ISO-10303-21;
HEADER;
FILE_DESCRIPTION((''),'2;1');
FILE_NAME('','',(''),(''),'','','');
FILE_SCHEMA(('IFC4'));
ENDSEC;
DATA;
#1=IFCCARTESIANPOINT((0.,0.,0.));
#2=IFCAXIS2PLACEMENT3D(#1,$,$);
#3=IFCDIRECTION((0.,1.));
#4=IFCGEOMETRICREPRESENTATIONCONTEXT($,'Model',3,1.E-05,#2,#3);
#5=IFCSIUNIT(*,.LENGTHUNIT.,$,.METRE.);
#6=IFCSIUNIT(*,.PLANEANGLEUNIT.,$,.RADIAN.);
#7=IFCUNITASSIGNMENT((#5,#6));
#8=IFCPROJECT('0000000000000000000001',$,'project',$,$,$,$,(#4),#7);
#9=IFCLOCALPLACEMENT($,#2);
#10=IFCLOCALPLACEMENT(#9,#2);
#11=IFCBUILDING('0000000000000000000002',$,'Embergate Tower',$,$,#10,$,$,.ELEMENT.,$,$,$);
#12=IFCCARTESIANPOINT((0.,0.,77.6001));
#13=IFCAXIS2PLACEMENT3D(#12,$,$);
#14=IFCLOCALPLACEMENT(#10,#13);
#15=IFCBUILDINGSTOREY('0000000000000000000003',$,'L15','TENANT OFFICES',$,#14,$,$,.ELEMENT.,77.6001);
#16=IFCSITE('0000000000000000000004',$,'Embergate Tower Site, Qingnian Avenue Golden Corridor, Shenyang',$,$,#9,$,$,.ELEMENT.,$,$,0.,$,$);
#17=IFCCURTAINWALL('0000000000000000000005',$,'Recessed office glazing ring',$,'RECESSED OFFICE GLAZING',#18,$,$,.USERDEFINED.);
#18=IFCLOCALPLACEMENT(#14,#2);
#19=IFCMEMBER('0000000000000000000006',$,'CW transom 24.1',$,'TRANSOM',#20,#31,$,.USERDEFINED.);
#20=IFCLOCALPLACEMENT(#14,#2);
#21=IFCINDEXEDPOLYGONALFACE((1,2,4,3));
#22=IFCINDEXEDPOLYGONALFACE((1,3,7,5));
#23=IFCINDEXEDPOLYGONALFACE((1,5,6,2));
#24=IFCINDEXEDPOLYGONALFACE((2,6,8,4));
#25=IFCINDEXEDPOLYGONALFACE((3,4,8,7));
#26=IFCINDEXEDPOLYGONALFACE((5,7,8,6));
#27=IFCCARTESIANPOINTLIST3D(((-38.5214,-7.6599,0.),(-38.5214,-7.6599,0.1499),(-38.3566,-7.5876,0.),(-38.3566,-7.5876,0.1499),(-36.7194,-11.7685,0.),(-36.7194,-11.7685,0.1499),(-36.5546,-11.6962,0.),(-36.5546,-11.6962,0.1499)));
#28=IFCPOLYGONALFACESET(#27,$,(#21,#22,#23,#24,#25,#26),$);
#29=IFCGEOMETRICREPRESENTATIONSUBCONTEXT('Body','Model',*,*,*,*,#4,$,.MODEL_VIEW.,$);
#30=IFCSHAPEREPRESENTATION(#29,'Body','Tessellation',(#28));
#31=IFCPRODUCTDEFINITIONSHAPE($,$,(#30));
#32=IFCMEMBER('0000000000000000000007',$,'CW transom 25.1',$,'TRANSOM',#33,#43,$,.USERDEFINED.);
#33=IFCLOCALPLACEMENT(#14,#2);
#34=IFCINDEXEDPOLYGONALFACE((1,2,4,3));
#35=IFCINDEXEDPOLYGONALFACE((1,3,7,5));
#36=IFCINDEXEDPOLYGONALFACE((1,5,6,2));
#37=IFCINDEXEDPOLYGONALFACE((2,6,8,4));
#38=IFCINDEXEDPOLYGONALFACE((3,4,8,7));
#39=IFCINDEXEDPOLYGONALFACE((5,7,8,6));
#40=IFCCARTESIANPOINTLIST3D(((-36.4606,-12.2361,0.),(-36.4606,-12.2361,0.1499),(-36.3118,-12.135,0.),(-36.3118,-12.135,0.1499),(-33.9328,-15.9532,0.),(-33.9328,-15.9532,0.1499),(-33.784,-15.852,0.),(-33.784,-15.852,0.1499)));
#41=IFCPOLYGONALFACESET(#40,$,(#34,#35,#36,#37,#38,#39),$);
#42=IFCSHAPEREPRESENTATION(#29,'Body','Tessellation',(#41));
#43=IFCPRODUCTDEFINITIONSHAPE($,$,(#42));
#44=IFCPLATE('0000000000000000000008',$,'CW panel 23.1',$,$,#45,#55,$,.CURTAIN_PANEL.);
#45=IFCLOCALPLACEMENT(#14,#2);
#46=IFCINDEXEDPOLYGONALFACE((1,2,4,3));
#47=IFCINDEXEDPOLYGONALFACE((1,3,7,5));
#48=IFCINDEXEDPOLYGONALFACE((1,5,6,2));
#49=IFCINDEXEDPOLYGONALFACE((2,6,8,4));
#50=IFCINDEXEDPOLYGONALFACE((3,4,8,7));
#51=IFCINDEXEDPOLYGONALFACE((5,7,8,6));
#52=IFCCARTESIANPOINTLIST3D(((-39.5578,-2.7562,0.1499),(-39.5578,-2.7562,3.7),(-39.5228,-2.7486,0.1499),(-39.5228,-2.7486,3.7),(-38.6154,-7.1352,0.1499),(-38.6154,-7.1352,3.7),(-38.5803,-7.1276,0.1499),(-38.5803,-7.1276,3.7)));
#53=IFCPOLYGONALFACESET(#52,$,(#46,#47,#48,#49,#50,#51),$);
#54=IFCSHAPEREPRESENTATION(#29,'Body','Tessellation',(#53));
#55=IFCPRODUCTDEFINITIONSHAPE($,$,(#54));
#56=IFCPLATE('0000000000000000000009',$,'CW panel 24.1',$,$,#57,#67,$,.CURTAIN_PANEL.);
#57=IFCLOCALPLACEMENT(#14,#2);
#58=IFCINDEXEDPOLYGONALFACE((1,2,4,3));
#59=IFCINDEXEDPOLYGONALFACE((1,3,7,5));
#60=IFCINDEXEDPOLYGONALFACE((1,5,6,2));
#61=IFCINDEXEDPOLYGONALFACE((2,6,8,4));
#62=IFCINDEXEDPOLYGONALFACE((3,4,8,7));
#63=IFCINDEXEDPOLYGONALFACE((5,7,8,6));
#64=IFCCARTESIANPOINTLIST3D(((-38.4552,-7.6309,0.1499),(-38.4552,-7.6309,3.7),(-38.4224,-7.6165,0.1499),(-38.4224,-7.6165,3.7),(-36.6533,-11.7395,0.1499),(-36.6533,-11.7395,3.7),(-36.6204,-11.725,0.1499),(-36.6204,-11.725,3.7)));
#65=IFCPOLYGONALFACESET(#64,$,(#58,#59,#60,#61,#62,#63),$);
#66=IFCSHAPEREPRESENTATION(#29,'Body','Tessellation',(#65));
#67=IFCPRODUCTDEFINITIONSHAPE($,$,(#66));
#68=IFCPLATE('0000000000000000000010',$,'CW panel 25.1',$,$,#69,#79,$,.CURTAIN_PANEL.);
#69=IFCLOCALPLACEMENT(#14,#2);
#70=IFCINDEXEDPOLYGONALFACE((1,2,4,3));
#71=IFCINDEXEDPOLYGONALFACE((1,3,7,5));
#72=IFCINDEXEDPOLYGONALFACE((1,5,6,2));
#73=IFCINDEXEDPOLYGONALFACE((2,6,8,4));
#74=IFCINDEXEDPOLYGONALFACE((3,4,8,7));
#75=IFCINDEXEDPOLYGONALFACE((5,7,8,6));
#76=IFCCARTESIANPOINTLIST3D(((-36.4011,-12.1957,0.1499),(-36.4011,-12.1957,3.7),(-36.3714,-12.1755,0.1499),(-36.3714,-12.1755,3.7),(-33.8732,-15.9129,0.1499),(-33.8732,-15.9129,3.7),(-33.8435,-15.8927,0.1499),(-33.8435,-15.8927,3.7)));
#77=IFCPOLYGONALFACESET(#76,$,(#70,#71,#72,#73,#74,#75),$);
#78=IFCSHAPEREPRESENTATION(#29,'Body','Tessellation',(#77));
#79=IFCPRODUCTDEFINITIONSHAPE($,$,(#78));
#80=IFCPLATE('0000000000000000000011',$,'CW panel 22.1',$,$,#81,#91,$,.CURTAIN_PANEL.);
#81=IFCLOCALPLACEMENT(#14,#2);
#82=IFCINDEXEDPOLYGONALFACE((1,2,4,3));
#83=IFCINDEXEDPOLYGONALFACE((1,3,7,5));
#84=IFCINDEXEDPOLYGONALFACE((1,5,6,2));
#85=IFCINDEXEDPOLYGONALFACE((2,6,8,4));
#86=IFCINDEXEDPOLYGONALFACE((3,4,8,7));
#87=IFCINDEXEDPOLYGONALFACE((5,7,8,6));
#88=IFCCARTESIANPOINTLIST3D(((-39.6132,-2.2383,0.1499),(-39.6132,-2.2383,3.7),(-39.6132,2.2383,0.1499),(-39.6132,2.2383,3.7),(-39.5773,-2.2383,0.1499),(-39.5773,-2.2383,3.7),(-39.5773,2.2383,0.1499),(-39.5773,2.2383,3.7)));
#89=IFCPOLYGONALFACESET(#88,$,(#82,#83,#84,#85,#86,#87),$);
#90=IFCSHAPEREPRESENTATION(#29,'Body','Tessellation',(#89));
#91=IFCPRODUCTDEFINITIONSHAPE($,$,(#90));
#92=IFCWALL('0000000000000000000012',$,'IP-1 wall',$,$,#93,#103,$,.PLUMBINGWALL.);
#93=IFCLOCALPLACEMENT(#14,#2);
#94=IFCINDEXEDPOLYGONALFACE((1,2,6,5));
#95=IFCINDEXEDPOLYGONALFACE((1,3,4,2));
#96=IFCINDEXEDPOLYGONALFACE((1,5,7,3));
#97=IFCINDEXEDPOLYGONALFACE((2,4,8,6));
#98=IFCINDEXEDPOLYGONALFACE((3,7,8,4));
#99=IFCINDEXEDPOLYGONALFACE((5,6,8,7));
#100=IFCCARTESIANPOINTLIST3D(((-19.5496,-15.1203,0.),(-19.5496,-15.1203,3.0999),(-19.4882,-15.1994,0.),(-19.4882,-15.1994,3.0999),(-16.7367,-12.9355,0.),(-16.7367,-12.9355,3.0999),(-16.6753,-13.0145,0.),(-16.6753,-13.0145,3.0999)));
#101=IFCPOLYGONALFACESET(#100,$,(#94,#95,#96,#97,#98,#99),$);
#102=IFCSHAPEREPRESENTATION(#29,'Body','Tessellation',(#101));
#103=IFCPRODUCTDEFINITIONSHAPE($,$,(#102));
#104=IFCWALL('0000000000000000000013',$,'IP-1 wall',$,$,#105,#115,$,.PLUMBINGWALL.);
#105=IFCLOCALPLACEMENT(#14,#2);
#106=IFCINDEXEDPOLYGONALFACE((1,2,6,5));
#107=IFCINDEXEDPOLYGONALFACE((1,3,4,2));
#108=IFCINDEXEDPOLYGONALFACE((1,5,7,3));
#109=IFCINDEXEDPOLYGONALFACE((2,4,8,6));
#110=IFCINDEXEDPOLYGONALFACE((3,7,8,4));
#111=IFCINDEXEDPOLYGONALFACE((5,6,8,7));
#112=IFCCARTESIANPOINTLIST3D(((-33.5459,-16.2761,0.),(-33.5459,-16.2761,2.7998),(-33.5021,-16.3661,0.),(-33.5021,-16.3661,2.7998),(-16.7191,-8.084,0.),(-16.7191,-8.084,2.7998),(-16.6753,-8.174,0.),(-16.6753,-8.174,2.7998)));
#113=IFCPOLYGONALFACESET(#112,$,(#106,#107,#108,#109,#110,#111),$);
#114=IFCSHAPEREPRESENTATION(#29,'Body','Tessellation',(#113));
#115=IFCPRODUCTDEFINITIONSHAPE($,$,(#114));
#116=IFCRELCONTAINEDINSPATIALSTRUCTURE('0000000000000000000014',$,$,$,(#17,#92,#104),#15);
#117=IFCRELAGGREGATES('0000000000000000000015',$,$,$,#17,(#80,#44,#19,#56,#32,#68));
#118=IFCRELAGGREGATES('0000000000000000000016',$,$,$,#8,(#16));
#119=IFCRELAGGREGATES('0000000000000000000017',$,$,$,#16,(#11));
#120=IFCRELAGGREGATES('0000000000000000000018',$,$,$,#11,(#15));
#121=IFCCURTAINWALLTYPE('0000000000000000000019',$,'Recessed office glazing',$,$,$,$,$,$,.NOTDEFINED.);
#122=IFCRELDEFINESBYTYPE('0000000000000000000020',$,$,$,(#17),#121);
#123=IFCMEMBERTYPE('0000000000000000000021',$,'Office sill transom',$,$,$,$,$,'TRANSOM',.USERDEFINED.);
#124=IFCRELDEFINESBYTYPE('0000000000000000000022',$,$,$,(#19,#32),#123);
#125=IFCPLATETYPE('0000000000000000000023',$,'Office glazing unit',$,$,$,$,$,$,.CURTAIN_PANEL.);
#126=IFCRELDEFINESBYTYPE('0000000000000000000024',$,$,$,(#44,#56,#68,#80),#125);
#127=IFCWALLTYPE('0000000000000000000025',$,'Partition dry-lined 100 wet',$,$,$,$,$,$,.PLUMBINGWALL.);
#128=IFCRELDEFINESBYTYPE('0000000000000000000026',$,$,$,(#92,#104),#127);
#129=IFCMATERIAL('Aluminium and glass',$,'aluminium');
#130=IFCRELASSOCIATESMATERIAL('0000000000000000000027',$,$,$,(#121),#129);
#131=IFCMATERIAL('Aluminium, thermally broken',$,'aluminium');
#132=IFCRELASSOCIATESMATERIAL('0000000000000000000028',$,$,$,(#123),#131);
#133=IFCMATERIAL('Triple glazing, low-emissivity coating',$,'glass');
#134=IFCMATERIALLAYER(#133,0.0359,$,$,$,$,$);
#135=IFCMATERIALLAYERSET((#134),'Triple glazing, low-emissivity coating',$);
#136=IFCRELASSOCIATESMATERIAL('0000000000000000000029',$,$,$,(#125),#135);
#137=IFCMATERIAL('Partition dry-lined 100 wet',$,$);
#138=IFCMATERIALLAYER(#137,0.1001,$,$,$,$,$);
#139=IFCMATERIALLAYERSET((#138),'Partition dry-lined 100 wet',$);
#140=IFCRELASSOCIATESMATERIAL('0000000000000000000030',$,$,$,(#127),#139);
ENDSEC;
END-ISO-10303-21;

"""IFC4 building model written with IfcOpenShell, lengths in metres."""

from ifc_helpers import new_model, si_unit, direction, frame, frame_2d, origin, origin_2d, place, context, subcontext, project, spatial, rectangle, extrude, source, transform, mapped, material, layer, layer_set, material_profile, profile_set, type_object, element, aggregate, save


model = new_model("IFC4")

# Units and contexts
model_context = context("Model", 3, precision=1e-05, world=origin(), true_north=direction((0.0, 1.0)))
body_context = subcontext(model_context, "Body", "Model", "MODEL_VIEW")
ifc_project = project(units=[si_unit("LENGTHUNIT", "METRE"), si_unit("PLANEANGLEUNIT", "RADIAN")], contexts=[model_context])

# Site, building, storey
site_placement = place(None, origin())
site = spatial("IfcSite", under=ifc_project, at=site_placement, Name="Embergate Tower Site, Qingnian Avenue Golden Corridor, Shenyang", CompositionType="ELEMENT", RefElevation=0.0)
building_placement = place(site_placement, origin())
building = spatial("IfcBuilding", under=site, at=building_placement, Name="Embergate Tower", CompositionType="ELEMENT")
storey_placement = place(building_placement, frame((0.0, 0.0, 77.6001)))
storey = spatial("IfcBuildingStorey", under=building, at=storey_placement, Name="L15", Description="TENANT OFFICES", CompositionType="ELEMENT", Elevation=77.6001)

# Curtain wall, members, plates
ifc_material_1 = material(Name="Aluminium and glass", Category="aluminium")
curtain_wall_type = type_object("IfcCurtainWallType", Name="Recessed office glazing", PredefinedType="NOTDEFINED", material=ifc_material_1)
curtain_wall_placement = place(storey_placement, origin())
curtain_wall = element("IfcCurtainWall", 1, at=curtain_wall_placement, inside=storey, type_object=curtain_wall_type, Name="Recessed office glazing ring", ObjectType="RECESSED OFFICE GLAZING", PredefinedType="USERDEFINED")
ifc_material_2 = material(Name="Aluminium, thermally broken", Category="aluminium")
ifc_material_profile_1 = material_profile(ifc_material_2, rectangle(XDim=0.1799, YDim=0.1499, at=origin_2d()), Name="AL 150x180")
ifc_profile_set_1 = profile_set([ifc_material_profile_1], Name="Aluminium, thermally broken")
member_type_1 = type_object("IfcMemberType", Name="Office sill transom", ElementType="TRANSOM", PredefinedType="USERDEFINED", material=ifc_profile_set_1)
shared_shape_1 = source(origin(), body_context, "Body", "SweptSolid", [
    extrude(rectangle(XDim=0.1799, YDim=0.1499, at=origin_2d()), origin(), (0.0, 0.0, 1.0), 4.4863),
])
member_1_placement = place(storey_placement, frame((-38.439, -7.6238, 0.075), z_axis=(0.401655, -0.915791, 0.0), x_axis=(0.915791, 0.401655, 0.0)))
member_1 = element("IfcMember", 2, at=member_1_placement, type_object=member_type_1, Name="CW transom 24.1", ObjectType="TRANSOM", PredefinedType="USERDEFINED", context=body_context, shape_type="MappedRepresentation", body=[
    mapped(shared_shape_1, transform((0.0, 0.0, 0.0))),
])
shared_shape_2 = source(origin(), body_context, "Body", "SweptSolid", [
    extrude(rectangle(XDim=0.1799, YDim=0.1499, at=origin_2d()), origin(), (0.0, 0.0, 1.0), 4.4951),
])
member_2_placement = place(storey_placement, frame((-36.3862, -12.1855, 0.075), z_axis=(0.562347, -0.826901, 0.0), x_axis=(0.826901, 0.562347, 0.0)))
member_2 = element("IfcMember", 3, at=member_2_placement, type_object=member_type_1, Name="CW transom 25.1", ObjectType="TRANSOM", PredefinedType="USERDEFINED", context=body_context, shape_type="MappedRepresentation", body=[
    mapped(shared_shape_2, transform((0.0, 0.0, 0.0))),
])
ifc_material_3 = material(Name="Triple glazing, low-emissivity coating", Category="glass")
ifc_layer_1 = layer(ifc_material_3, 0.0359)
ifc_layer_set_1 = layer_set([ifc_layer_1], Name="Triple glazing, low-emissivity coating")
plate_type = type_object("IfcPlateType", Name="Office glazing unit", PredefinedType="CURTAIN_PANEL", material=ifc_layer_set_1)
shared_shape_3 = source(origin(), body_context, "Body", "SweptSolid", [
    extrude(rectangle(XDim=4.4792, YDim=0.0359, at=origin_2d()), origin(), (0.0, 0.0, 1.0), 3.55),
])
plate_1_placement = place(storey_placement, frame((-39.0691, -4.9419, 0.1499), z_axis=(0.0, 0.0, 1.0), x_axis=(0.210395, -0.977616, 0.0)))
plate_1 = element("IfcPlate", 4, at=plate_1_placement, type_object=plate_type, Name="CW panel 23.1", PredefinedType="CURTAIN_PANEL", context=body_context, shape_type="MappedRepresentation", body=[
    mapped(shared_shape_3, transform((0.0, 0.0, 0.0))),
])
shared_shape_4 = source(origin(), body_context, "Body", "SweptSolid", [
    extrude(rectangle(XDim=4.4863, YDim=0.0359, at=origin_2d()), origin(), (0.0, 0.0, 1.0), 3.55),
])
plate_2_placement = place(storey_placement, frame((-37.5378, -9.678, 0.1499), z_axis=(0.0, 0.0, 1.0), x_axis=(0.401647, -0.915794, 0.0)))
plate_2 = element("IfcPlate", 5, at=plate_2_placement, type_object=plate_type, Name="CW panel 24.1", PredefinedType="CURTAIN_PANEL", context=body_context, shape_type="MappedRepresentation", body=[
    mapped(shared_shape_4, transform((0.0, 0.0, 0.0))),
])
shared_shape_5 = source(origin(), body_context, "Body", "SweptSolid", [
    extrude(rectangle(XDim=4.4954, YDim=0.0359, at=origin_2d()), origin(), (0.0, 0.0, 1.0), 3.55),
])
plate_3_placement = place(storey_placement, frame((-35.1223, -14.0442, 0.1499), z_axis=(0.0, 0.0, 1.0), x_axis=(0.562337, -0.826908, 0.0)))
plate_3 = element("IfcPlate", 6, at=plate_3_placement, type_object=plate_type, Name="CW panel 25.1", PredefinedType="CURTAIN_PANEL", context=body_context, shape_type="MappedRepresentation", body=[
    mapped(shared_shape_5, transform((0.0, 0.0, 0.0))),
])
shared_shape_6 = source(origin(), body_context, "Body", "SweptSolid", [
    extrude(rectangle(XDim=4.4766, YDim=0.0359, at=origin_2d()), origin(), (0.0, 0.0, 1.0), 3.55),
])
plate_4_placement = place(storey_placement, frame((-39.5952, 0.0, 0.1499), z_axis=(0.0, 0.0, 1.0), x_axis=(0.0, -1.0, 0.0)))
plate_4 = element("IfcPlate", 7, at=plate_4_placement, type_object=plate_type, Name="CW panel 22.1", PredefinedType="CURTAIN_PANEL", context=body_context, shape_type="MappedRepresentation", body=[
    mapped(shared_shape_6, transform((0.0, 0.0, 0.0))),
])
aggregate(curtain_wall, [plate_4, plate_1, member_1, plate_2, member_2, plate_3])

# Walls
ifc_material_4 = material(Name="Partition dry-lined 100 wet")
ifc_layer_2 = layer(ifc_material_4, 0.1001)
ifc_layer_set_2 = layer_set([ifc_layer_2], Name="Partition dry-lined 100 wet")
wall_type = type_object("IfcWallType", Name="Partition dry-lined 100 wet", PredefinedType="PLUMBINGWALL", material=ifc_layer_set_2)
shared_shape_7 = source(origin(), body_context, "Body", "SweptSolid", [
    extrude(rectangle(XDim=3.5618, YDim=0.1001, at=frame_2d((1.7808, 0.0))), origin(), (0.0, 0.0, 1.0), 3.0999),
])
wall_1_placement = place(storey_placement, frame((-16.7061, -12.9751, 0.0), z_axis=(0.0, 0.0, 1.0), x_axis=(-0.789769, -0.613404, 0.0)))
element("IfcWall", 8, at=wall_1_placement, inside=storey, type_object=wall_type, Name="IP-1 wall", PredefinedType="PLUMBINGWALL", context=body_context, shape_type="MappedRepresentation", body=[
    mapped(shared_shape_7, transform((0.0, 0.0, 0.0))),
])
shared_shape_8 = source(origin(), body_context, "Body", "SweptSolid", [
    extrude(rectangle(XDim=18.7151, YDim=0.1001, at=frame_2d((9.3574, 0.0))), origin(), (0.0, 0.0, 1.0), 2.7998),
])
wall_2_placement = place(storey_placement, frame((-33.5239, -16.321, 0.0), z_axis=(0.0, 0.0, 1.0), x_axis=(0.899107, 0.437728, 0.0)))
element("IfcWall", 9, at=wall_2_placement, inside=storey, type_object=wall_type, Name="IP-1 wall", PredefinedType="PLUMBINGWALL", context=body_context, shape_type="MappedRepresentation", body=[
    mapped(shared_shape_8, transform((0.0, 0.0, 0.0))),
])

save(model, "model.ifc")
